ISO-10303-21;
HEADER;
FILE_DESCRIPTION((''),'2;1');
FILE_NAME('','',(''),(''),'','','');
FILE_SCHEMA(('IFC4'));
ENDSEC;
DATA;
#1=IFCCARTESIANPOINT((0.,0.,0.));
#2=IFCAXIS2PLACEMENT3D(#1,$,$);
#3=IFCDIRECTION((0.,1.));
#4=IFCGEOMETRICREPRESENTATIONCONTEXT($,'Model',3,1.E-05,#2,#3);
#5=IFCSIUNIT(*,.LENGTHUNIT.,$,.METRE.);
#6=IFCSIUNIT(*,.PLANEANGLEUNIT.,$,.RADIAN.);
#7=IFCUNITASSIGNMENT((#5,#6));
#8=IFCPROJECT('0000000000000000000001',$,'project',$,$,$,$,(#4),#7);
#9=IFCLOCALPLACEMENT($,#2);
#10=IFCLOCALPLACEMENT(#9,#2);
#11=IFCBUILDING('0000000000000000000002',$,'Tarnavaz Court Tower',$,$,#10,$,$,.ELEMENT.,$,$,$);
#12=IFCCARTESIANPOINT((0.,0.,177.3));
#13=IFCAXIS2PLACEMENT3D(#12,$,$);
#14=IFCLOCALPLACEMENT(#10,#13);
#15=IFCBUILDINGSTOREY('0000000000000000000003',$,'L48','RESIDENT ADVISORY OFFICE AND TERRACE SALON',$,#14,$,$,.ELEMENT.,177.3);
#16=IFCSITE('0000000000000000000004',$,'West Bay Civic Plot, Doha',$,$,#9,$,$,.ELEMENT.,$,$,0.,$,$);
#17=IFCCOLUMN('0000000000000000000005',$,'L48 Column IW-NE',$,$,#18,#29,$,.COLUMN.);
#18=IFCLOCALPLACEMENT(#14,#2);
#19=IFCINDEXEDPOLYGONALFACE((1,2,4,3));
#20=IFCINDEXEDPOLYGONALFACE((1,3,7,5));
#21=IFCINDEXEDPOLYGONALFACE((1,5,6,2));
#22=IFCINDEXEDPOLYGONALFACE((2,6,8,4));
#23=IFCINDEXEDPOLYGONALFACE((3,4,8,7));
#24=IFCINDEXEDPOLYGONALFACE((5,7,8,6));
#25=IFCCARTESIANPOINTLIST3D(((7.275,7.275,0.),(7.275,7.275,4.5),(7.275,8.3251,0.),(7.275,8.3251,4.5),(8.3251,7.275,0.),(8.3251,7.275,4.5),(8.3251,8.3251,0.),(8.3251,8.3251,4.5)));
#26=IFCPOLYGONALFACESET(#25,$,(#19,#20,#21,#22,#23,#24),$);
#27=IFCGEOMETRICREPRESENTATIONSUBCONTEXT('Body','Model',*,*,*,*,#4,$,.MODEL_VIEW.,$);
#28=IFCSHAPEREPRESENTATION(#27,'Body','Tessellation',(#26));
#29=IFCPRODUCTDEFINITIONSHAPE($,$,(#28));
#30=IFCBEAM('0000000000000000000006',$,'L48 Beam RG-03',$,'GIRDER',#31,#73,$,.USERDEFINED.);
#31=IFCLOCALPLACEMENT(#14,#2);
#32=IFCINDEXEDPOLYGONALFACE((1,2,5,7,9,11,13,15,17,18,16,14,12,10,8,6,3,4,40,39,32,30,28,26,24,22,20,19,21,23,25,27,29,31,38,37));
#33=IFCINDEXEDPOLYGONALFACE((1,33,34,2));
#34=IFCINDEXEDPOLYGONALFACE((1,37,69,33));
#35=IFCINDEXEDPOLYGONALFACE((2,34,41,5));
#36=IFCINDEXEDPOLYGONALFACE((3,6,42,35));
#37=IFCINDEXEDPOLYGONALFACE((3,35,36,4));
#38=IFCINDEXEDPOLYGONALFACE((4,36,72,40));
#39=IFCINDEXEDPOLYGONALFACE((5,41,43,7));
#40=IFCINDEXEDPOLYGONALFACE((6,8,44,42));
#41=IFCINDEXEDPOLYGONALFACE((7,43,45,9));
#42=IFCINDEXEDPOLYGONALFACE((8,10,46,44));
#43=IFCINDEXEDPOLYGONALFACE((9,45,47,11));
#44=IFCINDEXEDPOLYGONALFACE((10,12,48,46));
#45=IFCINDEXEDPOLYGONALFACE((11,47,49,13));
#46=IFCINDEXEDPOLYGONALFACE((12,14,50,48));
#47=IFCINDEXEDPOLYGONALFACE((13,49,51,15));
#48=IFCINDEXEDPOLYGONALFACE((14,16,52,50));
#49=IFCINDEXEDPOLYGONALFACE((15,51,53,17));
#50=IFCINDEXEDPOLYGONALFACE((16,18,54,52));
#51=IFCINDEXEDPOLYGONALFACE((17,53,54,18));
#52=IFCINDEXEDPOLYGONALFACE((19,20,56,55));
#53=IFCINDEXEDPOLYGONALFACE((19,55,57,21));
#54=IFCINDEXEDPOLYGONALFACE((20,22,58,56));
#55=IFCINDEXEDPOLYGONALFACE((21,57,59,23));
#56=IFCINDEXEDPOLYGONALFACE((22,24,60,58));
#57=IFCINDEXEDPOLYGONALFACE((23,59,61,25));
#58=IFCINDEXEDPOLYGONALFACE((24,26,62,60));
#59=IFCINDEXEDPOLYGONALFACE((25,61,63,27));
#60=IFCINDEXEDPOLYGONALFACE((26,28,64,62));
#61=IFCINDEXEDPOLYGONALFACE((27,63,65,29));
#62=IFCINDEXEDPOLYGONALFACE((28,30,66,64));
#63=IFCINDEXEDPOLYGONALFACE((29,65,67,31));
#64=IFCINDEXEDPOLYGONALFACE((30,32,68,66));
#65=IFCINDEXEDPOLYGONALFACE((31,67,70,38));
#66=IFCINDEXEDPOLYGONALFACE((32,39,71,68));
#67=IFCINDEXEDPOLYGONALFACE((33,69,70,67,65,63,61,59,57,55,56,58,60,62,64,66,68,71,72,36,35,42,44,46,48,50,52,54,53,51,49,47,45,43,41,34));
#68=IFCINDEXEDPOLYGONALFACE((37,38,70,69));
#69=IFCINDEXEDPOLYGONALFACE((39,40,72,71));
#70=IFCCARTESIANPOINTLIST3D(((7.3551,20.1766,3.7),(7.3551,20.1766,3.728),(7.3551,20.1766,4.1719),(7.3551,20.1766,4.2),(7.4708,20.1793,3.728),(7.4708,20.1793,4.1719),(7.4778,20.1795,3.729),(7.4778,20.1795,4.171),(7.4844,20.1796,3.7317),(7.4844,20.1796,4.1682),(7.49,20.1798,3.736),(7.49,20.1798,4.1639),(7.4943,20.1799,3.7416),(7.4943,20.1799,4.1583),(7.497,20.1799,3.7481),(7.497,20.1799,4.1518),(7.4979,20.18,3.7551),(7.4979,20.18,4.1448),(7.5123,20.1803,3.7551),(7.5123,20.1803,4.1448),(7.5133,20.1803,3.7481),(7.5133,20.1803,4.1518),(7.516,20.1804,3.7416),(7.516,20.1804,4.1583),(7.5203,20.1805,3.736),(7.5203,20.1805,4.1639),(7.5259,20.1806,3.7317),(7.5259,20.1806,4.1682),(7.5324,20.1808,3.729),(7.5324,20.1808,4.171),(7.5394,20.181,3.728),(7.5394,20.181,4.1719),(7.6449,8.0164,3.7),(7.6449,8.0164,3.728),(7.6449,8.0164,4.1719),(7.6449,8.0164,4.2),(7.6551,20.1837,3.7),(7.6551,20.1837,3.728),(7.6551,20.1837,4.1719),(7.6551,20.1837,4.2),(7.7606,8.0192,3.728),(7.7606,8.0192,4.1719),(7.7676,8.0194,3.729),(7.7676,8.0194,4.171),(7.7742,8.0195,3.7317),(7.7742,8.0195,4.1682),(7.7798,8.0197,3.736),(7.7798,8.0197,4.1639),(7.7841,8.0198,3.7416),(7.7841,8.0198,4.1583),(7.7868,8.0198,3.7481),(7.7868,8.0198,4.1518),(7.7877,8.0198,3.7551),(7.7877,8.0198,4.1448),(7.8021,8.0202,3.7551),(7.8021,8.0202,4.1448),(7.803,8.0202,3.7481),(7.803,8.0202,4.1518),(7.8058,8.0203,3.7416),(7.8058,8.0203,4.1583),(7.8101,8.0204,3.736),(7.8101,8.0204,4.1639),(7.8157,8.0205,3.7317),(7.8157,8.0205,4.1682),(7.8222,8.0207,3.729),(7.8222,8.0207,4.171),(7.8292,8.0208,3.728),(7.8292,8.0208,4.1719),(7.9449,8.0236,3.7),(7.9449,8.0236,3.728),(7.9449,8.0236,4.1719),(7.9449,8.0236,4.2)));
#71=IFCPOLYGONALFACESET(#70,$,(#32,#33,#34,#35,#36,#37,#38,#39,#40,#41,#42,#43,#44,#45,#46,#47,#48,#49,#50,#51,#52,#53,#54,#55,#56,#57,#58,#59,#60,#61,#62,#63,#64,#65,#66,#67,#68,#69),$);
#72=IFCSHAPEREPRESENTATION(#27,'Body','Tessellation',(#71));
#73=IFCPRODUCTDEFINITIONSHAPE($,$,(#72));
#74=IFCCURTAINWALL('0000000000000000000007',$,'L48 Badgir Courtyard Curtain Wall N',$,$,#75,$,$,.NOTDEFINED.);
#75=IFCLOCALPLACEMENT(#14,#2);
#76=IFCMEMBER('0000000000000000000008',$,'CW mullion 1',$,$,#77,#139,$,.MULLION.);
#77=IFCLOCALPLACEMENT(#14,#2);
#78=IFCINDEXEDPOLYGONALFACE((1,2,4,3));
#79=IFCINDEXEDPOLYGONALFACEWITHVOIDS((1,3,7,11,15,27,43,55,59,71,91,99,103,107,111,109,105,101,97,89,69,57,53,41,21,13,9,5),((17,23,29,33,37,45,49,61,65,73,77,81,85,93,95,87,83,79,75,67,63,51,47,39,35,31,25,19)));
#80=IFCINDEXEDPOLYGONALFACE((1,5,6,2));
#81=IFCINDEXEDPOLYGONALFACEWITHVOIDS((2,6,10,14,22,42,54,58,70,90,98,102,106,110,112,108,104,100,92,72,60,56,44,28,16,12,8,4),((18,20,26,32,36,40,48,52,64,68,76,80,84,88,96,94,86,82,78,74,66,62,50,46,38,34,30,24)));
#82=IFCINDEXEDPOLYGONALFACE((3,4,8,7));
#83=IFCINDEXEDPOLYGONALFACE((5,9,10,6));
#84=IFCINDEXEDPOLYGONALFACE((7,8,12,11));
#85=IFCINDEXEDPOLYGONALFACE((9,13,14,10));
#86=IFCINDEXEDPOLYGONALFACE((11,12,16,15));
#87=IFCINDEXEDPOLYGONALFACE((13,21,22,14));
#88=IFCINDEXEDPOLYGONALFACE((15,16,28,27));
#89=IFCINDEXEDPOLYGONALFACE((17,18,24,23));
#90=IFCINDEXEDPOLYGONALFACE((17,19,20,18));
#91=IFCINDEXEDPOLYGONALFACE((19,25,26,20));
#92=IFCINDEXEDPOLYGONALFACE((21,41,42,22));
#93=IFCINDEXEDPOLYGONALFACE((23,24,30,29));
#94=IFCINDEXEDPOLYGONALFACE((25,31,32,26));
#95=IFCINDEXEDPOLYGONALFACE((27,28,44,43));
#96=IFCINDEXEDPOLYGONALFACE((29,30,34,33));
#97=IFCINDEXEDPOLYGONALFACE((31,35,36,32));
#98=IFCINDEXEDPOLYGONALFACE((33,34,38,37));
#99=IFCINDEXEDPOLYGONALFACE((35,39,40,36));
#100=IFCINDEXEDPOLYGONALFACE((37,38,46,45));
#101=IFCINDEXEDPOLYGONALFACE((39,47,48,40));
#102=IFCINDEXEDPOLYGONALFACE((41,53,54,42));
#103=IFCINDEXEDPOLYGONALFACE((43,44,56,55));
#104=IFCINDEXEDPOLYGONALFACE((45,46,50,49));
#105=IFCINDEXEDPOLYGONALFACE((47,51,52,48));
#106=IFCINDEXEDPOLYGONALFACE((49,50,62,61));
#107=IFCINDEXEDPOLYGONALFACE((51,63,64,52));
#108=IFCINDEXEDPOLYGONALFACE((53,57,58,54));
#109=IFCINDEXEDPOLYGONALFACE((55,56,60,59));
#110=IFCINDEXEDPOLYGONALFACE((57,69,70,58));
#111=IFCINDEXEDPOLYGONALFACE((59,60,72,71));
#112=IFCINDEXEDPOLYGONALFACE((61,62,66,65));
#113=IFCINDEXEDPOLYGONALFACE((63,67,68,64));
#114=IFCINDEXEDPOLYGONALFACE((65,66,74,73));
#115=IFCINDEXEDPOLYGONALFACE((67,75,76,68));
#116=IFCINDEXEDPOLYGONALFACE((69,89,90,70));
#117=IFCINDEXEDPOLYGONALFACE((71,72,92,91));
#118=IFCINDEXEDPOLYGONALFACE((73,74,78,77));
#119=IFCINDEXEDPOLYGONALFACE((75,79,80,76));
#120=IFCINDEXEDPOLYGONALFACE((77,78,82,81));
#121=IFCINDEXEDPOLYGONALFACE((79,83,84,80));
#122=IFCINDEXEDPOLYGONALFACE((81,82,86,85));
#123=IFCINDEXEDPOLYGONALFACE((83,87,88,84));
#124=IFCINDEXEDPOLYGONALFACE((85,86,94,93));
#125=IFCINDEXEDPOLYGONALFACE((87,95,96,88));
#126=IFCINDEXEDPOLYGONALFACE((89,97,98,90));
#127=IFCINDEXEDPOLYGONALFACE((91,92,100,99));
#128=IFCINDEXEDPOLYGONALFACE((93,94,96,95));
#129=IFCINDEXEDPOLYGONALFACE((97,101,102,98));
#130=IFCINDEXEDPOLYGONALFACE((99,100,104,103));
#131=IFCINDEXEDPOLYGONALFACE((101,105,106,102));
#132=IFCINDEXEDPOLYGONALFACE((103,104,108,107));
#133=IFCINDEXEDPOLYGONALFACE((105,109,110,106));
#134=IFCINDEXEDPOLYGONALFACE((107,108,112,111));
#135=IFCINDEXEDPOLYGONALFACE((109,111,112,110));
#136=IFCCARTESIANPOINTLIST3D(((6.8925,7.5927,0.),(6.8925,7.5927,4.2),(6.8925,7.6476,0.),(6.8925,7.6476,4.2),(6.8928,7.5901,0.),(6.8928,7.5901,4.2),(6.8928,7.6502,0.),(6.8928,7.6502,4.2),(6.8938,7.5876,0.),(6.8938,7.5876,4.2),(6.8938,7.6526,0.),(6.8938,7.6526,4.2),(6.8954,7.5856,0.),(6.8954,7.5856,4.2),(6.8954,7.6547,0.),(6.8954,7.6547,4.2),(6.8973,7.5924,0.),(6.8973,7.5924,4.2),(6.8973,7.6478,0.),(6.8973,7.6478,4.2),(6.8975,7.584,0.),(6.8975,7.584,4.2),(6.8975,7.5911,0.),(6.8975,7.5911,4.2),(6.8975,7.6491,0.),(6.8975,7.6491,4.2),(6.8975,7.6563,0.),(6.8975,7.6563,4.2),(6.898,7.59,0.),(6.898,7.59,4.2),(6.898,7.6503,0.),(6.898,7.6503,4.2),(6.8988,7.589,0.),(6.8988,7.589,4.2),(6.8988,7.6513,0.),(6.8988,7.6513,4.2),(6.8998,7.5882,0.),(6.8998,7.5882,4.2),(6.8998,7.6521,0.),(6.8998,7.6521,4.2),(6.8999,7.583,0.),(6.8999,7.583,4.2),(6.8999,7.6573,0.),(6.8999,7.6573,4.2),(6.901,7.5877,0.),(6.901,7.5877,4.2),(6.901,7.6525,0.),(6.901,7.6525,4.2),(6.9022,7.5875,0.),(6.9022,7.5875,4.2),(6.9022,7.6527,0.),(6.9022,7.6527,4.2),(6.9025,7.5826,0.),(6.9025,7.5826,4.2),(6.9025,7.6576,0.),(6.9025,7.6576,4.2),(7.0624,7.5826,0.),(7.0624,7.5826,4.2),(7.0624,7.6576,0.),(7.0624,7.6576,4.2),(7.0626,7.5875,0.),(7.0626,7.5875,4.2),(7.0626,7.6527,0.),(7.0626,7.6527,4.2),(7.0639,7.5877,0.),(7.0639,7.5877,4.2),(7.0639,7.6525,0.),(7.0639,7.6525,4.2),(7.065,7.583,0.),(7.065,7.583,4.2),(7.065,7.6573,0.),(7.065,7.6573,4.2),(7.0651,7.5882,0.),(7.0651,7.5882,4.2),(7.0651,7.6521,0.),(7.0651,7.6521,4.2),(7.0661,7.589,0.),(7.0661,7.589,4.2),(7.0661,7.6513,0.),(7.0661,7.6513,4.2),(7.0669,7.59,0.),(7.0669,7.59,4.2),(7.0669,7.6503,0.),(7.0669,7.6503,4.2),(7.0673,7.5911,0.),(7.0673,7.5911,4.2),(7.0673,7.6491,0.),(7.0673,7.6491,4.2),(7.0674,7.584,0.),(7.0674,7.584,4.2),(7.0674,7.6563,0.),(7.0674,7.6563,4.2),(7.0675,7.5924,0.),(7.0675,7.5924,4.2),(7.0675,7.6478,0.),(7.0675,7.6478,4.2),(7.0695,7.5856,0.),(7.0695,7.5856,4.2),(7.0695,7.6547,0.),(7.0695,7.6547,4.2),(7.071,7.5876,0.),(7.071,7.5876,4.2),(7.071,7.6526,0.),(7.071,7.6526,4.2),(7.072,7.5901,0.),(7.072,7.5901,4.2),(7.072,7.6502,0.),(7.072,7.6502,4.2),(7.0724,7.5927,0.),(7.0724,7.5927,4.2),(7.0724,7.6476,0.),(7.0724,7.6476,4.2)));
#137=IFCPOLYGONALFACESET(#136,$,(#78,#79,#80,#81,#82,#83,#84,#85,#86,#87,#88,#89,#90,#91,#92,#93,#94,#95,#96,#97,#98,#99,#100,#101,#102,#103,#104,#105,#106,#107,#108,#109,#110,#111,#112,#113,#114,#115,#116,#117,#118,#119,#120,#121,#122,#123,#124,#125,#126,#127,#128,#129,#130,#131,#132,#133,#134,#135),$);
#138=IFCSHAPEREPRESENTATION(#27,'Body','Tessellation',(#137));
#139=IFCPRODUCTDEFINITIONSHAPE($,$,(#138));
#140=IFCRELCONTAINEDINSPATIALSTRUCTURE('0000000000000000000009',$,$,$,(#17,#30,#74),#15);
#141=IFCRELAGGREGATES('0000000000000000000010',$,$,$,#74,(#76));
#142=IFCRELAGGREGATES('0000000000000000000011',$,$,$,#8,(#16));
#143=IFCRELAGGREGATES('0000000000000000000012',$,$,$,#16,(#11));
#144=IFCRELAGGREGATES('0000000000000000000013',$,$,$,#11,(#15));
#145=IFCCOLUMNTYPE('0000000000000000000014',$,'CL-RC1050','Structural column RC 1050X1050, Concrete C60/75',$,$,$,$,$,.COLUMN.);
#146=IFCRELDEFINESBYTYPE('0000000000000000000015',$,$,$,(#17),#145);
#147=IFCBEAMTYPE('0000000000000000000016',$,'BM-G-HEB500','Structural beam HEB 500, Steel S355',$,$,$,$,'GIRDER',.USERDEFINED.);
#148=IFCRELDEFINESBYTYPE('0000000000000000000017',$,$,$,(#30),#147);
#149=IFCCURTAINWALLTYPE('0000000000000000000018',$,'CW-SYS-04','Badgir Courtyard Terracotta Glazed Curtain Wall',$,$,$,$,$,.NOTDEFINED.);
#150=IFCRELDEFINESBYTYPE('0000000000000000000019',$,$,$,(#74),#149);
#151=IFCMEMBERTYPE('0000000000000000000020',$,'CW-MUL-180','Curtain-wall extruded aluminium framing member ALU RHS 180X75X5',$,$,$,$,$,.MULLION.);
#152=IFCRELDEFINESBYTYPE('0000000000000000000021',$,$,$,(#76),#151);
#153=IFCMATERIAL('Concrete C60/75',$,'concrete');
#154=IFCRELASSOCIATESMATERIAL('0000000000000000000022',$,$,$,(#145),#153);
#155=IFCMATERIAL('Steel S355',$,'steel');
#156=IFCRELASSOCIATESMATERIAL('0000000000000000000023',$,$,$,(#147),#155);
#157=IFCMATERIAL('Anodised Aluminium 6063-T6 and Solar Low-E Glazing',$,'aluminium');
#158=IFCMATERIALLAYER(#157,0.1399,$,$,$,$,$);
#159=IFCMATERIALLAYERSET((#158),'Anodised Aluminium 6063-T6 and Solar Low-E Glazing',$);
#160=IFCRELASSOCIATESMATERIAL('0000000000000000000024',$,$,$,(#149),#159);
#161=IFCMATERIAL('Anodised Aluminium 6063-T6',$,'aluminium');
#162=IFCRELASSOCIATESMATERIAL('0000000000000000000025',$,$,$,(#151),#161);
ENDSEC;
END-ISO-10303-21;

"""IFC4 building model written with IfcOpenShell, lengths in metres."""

from ifc_helpers import new_model, si_unit, direction, frame, origin, origin_2d, place, context, subcontext, project, spatial, rectangle, hollow_rectangle, i_section, extrude, material, layer, layer_set, material_profile, profile_set, type_object, element, aggregate, save


model = new_model("IFC4")

# Units and contexts
model_context = context("Model", 3, precision=1e-05, world=origin(), true_north=direction((0.0, 1.0)))
body_context = subcontext(model_context, "Body", "Model", "MODEL_VIEW")
ifc_project = project(units=[si_unit("LENGTHUNIT", "METRE"), si_unit("PLANEANGLEUNIT", "RADIAN")], contexts=[model_context])

# Site, building, storey
site_placement = place(None, origin())
site = spatial("IfcSite", under=ifc_project, at=site_placement, Name="West Bay Civic Plot, Doha", CompositionType="ELEMENT", RefElevation=0.0)
building_placement = place(site_placement, origin())
building = spatial("IfcBuilding", under=site, at=building_placement, Name="Tarnavaz Court Tower", CompositionType="ELEMENT")
storey_placement = place(building_placement, frame((0.0, 0.0, 177.3)))
storey = spatial("IfcBuildingStorey", under=building, at=storey_placement, Name="L48", Description="RESIDENT ADVISORY OFFICE AND TERRACE SALON", CompositionType="ELEMENT", Elevation=177.3)

# Column
ifc_material_1 = material(Name="Concrete C60/75", Category="concrete")
ifc_material_profile_1 = material_profile(ifc_material_1, rectangle(XDim=1.05, YDim=1.05, at=origin_2d()), Name="RC 1050X1050")
ifc_profile_set_1 = profile_set([ifc_material_profile_1], Name="Concrete C60/75")
column_type = type_object("IfcColumnType", Name="CL-RC1050", Description="Structural column RC 1050X1050, Concrete C60/75", PredefinedType="COLUMN", material=ifc_profile_set_1)
column_placement = place(storey_placement, frame((7.8, 7.8, 0.0), z_axis=(0.0, 0.0, 1.0), x_axis=(1.0, 0.0, 0.0)))
element("IfcColumn", 1, at=column_placement, inside=storey, type_object=column_type, Name="L48 Column IW-NE", PredefinedType="COLUMN", context=body_context, shape_type="SweptSolid", body=[
    extrude(rectangle(XDim=1.05, YDim=1.05, at=origin_2d()), origin(), (0.0, 0.0, 1.0), 4.5),
])

# Beam
ifc_material_2 = material(Name="Steel S355", Category="steel")
ifc_material_profile_2 = material_profile(ifc_material_2, i_section(OverallWidth=0.3, OverallDepth=0.5, WebThickness=0.0144, FlangeThickness=0.0281, FilletRadius=0.0271, at=origin_2d()), Name="HEB 500")
ifc_profile_set_2 = profile_set([ifc_material_profile_2], Name="Steel S355")
beam_type = type_object("IfcBeamType", Name="BM-G-HEB500", Description="Structural beam HEB 500, Steel S355", ElementType="GIRDER", PredefinedType="USERDEFINED", material=ifc_profile_set_2)
beam_placement = place(storey_placement, frame((7.7949, 8.02, 3.95), z_axis=(-0.023825, 0.999716, 0.0), x_axis=(-0.999716, -0.023825, 0.0)))
element("IfcBeam", 2, at=beam_placement, inside=storey, type_object=beam_type, Name="L48 Beam RG-03", ObjectType="GIRDER", PredefinedType="USERDEFINED", context=body_context, shape_type="SweptSolid", body=[
    extrude(i_section(OverallWidth=0.3, OverallDepth=0.5, WebThickness=0.0144, FlangeThickness=0.0281, FilletRadius=0.0271, at=origin_2d()), origin(), (0.0, 0.0, 1.0), 12.1636),
])

# Curtain wall, member
ifc_material_3 = material(Name="Anodised Aluminium 6063-T6 and Solar Low-E Glazing", Category="aluminium")
ifc_layer_1 = layer(ifc_material_3, 0.1399)
ifc_layer_set_1 = layer_set([ifc_layer_1], Name="Anodised Aluminium 6063-T6 and Solar Low-E Glazing")
curtain_wall_type = type_object("IfcCurtainWallType", Name="CW-SYS-04", Description="Badgir Courtyard Terracotta Glazed Curtain Wall", PredefinedType="NOTDEFINED", material=ifc_layer_set_1)
curtain_wall_placement = place(storey_placement, origin())
curtain_wall = element("IfcCurtainWall", 3, at=curtain_wall_placement, inside=storey, type_object=curtain_wall_type, Name="L48 Badgir Courtyard Curtain Wall N", PredefinedType="NOTDEFINED")
ifc_material_4 = material(Name="Anodised Aluminium 6063-T6", Category="aluminium")
ifc_material_profile_3 = material_profile(ifc_material_4, hollow_rectangle(XDim=0.075, YDim=0.1799, WallThickness=0.0049, InnerFilletRadius=0.0049, OuterFilletRadius=0.01, at=origin_2d()), Name="ALU RHS 180X75X5")
ifc_profile_set_3 = profile_set([ifc_material_profile_3], Name="Anodised Aluminium 6063-T6")
member_type_1 = type_object("IfcMemberType", Name="CW-MUL-180", Description="Curtain-wall extruded aluminium framing member ALU RHS 180X75X5", PredefinedType="MULLION", material=ifc_profile_set_3)
member_1_placement = place(storey_placement, frame((6.9824, 7.6201, 0.0), z_axis=(0.0, 0.0, 1.0), x_axis=(0.0, -1.0, 0.0)))
member_1 = element("IfcMember", 4, at=member_1_placement, type_object=member_type_1, Name="CW mullion 1", PredefinedType="MULLION", context=body_context, shape_type="SweptSolid", body=[
    extrude(hollow_rectangle(XDim=0.075, YDim=0.1799, WallThickness=0.0049, InnerFilletRadius=0.0049, OuterFilletRadius=0.01, at=origin_2d()), origin(), (0.0, 0.0, 1.0), 4.2),
])
aggregate(curtain_wall, [member_1])

save(model, "model.ifc")
